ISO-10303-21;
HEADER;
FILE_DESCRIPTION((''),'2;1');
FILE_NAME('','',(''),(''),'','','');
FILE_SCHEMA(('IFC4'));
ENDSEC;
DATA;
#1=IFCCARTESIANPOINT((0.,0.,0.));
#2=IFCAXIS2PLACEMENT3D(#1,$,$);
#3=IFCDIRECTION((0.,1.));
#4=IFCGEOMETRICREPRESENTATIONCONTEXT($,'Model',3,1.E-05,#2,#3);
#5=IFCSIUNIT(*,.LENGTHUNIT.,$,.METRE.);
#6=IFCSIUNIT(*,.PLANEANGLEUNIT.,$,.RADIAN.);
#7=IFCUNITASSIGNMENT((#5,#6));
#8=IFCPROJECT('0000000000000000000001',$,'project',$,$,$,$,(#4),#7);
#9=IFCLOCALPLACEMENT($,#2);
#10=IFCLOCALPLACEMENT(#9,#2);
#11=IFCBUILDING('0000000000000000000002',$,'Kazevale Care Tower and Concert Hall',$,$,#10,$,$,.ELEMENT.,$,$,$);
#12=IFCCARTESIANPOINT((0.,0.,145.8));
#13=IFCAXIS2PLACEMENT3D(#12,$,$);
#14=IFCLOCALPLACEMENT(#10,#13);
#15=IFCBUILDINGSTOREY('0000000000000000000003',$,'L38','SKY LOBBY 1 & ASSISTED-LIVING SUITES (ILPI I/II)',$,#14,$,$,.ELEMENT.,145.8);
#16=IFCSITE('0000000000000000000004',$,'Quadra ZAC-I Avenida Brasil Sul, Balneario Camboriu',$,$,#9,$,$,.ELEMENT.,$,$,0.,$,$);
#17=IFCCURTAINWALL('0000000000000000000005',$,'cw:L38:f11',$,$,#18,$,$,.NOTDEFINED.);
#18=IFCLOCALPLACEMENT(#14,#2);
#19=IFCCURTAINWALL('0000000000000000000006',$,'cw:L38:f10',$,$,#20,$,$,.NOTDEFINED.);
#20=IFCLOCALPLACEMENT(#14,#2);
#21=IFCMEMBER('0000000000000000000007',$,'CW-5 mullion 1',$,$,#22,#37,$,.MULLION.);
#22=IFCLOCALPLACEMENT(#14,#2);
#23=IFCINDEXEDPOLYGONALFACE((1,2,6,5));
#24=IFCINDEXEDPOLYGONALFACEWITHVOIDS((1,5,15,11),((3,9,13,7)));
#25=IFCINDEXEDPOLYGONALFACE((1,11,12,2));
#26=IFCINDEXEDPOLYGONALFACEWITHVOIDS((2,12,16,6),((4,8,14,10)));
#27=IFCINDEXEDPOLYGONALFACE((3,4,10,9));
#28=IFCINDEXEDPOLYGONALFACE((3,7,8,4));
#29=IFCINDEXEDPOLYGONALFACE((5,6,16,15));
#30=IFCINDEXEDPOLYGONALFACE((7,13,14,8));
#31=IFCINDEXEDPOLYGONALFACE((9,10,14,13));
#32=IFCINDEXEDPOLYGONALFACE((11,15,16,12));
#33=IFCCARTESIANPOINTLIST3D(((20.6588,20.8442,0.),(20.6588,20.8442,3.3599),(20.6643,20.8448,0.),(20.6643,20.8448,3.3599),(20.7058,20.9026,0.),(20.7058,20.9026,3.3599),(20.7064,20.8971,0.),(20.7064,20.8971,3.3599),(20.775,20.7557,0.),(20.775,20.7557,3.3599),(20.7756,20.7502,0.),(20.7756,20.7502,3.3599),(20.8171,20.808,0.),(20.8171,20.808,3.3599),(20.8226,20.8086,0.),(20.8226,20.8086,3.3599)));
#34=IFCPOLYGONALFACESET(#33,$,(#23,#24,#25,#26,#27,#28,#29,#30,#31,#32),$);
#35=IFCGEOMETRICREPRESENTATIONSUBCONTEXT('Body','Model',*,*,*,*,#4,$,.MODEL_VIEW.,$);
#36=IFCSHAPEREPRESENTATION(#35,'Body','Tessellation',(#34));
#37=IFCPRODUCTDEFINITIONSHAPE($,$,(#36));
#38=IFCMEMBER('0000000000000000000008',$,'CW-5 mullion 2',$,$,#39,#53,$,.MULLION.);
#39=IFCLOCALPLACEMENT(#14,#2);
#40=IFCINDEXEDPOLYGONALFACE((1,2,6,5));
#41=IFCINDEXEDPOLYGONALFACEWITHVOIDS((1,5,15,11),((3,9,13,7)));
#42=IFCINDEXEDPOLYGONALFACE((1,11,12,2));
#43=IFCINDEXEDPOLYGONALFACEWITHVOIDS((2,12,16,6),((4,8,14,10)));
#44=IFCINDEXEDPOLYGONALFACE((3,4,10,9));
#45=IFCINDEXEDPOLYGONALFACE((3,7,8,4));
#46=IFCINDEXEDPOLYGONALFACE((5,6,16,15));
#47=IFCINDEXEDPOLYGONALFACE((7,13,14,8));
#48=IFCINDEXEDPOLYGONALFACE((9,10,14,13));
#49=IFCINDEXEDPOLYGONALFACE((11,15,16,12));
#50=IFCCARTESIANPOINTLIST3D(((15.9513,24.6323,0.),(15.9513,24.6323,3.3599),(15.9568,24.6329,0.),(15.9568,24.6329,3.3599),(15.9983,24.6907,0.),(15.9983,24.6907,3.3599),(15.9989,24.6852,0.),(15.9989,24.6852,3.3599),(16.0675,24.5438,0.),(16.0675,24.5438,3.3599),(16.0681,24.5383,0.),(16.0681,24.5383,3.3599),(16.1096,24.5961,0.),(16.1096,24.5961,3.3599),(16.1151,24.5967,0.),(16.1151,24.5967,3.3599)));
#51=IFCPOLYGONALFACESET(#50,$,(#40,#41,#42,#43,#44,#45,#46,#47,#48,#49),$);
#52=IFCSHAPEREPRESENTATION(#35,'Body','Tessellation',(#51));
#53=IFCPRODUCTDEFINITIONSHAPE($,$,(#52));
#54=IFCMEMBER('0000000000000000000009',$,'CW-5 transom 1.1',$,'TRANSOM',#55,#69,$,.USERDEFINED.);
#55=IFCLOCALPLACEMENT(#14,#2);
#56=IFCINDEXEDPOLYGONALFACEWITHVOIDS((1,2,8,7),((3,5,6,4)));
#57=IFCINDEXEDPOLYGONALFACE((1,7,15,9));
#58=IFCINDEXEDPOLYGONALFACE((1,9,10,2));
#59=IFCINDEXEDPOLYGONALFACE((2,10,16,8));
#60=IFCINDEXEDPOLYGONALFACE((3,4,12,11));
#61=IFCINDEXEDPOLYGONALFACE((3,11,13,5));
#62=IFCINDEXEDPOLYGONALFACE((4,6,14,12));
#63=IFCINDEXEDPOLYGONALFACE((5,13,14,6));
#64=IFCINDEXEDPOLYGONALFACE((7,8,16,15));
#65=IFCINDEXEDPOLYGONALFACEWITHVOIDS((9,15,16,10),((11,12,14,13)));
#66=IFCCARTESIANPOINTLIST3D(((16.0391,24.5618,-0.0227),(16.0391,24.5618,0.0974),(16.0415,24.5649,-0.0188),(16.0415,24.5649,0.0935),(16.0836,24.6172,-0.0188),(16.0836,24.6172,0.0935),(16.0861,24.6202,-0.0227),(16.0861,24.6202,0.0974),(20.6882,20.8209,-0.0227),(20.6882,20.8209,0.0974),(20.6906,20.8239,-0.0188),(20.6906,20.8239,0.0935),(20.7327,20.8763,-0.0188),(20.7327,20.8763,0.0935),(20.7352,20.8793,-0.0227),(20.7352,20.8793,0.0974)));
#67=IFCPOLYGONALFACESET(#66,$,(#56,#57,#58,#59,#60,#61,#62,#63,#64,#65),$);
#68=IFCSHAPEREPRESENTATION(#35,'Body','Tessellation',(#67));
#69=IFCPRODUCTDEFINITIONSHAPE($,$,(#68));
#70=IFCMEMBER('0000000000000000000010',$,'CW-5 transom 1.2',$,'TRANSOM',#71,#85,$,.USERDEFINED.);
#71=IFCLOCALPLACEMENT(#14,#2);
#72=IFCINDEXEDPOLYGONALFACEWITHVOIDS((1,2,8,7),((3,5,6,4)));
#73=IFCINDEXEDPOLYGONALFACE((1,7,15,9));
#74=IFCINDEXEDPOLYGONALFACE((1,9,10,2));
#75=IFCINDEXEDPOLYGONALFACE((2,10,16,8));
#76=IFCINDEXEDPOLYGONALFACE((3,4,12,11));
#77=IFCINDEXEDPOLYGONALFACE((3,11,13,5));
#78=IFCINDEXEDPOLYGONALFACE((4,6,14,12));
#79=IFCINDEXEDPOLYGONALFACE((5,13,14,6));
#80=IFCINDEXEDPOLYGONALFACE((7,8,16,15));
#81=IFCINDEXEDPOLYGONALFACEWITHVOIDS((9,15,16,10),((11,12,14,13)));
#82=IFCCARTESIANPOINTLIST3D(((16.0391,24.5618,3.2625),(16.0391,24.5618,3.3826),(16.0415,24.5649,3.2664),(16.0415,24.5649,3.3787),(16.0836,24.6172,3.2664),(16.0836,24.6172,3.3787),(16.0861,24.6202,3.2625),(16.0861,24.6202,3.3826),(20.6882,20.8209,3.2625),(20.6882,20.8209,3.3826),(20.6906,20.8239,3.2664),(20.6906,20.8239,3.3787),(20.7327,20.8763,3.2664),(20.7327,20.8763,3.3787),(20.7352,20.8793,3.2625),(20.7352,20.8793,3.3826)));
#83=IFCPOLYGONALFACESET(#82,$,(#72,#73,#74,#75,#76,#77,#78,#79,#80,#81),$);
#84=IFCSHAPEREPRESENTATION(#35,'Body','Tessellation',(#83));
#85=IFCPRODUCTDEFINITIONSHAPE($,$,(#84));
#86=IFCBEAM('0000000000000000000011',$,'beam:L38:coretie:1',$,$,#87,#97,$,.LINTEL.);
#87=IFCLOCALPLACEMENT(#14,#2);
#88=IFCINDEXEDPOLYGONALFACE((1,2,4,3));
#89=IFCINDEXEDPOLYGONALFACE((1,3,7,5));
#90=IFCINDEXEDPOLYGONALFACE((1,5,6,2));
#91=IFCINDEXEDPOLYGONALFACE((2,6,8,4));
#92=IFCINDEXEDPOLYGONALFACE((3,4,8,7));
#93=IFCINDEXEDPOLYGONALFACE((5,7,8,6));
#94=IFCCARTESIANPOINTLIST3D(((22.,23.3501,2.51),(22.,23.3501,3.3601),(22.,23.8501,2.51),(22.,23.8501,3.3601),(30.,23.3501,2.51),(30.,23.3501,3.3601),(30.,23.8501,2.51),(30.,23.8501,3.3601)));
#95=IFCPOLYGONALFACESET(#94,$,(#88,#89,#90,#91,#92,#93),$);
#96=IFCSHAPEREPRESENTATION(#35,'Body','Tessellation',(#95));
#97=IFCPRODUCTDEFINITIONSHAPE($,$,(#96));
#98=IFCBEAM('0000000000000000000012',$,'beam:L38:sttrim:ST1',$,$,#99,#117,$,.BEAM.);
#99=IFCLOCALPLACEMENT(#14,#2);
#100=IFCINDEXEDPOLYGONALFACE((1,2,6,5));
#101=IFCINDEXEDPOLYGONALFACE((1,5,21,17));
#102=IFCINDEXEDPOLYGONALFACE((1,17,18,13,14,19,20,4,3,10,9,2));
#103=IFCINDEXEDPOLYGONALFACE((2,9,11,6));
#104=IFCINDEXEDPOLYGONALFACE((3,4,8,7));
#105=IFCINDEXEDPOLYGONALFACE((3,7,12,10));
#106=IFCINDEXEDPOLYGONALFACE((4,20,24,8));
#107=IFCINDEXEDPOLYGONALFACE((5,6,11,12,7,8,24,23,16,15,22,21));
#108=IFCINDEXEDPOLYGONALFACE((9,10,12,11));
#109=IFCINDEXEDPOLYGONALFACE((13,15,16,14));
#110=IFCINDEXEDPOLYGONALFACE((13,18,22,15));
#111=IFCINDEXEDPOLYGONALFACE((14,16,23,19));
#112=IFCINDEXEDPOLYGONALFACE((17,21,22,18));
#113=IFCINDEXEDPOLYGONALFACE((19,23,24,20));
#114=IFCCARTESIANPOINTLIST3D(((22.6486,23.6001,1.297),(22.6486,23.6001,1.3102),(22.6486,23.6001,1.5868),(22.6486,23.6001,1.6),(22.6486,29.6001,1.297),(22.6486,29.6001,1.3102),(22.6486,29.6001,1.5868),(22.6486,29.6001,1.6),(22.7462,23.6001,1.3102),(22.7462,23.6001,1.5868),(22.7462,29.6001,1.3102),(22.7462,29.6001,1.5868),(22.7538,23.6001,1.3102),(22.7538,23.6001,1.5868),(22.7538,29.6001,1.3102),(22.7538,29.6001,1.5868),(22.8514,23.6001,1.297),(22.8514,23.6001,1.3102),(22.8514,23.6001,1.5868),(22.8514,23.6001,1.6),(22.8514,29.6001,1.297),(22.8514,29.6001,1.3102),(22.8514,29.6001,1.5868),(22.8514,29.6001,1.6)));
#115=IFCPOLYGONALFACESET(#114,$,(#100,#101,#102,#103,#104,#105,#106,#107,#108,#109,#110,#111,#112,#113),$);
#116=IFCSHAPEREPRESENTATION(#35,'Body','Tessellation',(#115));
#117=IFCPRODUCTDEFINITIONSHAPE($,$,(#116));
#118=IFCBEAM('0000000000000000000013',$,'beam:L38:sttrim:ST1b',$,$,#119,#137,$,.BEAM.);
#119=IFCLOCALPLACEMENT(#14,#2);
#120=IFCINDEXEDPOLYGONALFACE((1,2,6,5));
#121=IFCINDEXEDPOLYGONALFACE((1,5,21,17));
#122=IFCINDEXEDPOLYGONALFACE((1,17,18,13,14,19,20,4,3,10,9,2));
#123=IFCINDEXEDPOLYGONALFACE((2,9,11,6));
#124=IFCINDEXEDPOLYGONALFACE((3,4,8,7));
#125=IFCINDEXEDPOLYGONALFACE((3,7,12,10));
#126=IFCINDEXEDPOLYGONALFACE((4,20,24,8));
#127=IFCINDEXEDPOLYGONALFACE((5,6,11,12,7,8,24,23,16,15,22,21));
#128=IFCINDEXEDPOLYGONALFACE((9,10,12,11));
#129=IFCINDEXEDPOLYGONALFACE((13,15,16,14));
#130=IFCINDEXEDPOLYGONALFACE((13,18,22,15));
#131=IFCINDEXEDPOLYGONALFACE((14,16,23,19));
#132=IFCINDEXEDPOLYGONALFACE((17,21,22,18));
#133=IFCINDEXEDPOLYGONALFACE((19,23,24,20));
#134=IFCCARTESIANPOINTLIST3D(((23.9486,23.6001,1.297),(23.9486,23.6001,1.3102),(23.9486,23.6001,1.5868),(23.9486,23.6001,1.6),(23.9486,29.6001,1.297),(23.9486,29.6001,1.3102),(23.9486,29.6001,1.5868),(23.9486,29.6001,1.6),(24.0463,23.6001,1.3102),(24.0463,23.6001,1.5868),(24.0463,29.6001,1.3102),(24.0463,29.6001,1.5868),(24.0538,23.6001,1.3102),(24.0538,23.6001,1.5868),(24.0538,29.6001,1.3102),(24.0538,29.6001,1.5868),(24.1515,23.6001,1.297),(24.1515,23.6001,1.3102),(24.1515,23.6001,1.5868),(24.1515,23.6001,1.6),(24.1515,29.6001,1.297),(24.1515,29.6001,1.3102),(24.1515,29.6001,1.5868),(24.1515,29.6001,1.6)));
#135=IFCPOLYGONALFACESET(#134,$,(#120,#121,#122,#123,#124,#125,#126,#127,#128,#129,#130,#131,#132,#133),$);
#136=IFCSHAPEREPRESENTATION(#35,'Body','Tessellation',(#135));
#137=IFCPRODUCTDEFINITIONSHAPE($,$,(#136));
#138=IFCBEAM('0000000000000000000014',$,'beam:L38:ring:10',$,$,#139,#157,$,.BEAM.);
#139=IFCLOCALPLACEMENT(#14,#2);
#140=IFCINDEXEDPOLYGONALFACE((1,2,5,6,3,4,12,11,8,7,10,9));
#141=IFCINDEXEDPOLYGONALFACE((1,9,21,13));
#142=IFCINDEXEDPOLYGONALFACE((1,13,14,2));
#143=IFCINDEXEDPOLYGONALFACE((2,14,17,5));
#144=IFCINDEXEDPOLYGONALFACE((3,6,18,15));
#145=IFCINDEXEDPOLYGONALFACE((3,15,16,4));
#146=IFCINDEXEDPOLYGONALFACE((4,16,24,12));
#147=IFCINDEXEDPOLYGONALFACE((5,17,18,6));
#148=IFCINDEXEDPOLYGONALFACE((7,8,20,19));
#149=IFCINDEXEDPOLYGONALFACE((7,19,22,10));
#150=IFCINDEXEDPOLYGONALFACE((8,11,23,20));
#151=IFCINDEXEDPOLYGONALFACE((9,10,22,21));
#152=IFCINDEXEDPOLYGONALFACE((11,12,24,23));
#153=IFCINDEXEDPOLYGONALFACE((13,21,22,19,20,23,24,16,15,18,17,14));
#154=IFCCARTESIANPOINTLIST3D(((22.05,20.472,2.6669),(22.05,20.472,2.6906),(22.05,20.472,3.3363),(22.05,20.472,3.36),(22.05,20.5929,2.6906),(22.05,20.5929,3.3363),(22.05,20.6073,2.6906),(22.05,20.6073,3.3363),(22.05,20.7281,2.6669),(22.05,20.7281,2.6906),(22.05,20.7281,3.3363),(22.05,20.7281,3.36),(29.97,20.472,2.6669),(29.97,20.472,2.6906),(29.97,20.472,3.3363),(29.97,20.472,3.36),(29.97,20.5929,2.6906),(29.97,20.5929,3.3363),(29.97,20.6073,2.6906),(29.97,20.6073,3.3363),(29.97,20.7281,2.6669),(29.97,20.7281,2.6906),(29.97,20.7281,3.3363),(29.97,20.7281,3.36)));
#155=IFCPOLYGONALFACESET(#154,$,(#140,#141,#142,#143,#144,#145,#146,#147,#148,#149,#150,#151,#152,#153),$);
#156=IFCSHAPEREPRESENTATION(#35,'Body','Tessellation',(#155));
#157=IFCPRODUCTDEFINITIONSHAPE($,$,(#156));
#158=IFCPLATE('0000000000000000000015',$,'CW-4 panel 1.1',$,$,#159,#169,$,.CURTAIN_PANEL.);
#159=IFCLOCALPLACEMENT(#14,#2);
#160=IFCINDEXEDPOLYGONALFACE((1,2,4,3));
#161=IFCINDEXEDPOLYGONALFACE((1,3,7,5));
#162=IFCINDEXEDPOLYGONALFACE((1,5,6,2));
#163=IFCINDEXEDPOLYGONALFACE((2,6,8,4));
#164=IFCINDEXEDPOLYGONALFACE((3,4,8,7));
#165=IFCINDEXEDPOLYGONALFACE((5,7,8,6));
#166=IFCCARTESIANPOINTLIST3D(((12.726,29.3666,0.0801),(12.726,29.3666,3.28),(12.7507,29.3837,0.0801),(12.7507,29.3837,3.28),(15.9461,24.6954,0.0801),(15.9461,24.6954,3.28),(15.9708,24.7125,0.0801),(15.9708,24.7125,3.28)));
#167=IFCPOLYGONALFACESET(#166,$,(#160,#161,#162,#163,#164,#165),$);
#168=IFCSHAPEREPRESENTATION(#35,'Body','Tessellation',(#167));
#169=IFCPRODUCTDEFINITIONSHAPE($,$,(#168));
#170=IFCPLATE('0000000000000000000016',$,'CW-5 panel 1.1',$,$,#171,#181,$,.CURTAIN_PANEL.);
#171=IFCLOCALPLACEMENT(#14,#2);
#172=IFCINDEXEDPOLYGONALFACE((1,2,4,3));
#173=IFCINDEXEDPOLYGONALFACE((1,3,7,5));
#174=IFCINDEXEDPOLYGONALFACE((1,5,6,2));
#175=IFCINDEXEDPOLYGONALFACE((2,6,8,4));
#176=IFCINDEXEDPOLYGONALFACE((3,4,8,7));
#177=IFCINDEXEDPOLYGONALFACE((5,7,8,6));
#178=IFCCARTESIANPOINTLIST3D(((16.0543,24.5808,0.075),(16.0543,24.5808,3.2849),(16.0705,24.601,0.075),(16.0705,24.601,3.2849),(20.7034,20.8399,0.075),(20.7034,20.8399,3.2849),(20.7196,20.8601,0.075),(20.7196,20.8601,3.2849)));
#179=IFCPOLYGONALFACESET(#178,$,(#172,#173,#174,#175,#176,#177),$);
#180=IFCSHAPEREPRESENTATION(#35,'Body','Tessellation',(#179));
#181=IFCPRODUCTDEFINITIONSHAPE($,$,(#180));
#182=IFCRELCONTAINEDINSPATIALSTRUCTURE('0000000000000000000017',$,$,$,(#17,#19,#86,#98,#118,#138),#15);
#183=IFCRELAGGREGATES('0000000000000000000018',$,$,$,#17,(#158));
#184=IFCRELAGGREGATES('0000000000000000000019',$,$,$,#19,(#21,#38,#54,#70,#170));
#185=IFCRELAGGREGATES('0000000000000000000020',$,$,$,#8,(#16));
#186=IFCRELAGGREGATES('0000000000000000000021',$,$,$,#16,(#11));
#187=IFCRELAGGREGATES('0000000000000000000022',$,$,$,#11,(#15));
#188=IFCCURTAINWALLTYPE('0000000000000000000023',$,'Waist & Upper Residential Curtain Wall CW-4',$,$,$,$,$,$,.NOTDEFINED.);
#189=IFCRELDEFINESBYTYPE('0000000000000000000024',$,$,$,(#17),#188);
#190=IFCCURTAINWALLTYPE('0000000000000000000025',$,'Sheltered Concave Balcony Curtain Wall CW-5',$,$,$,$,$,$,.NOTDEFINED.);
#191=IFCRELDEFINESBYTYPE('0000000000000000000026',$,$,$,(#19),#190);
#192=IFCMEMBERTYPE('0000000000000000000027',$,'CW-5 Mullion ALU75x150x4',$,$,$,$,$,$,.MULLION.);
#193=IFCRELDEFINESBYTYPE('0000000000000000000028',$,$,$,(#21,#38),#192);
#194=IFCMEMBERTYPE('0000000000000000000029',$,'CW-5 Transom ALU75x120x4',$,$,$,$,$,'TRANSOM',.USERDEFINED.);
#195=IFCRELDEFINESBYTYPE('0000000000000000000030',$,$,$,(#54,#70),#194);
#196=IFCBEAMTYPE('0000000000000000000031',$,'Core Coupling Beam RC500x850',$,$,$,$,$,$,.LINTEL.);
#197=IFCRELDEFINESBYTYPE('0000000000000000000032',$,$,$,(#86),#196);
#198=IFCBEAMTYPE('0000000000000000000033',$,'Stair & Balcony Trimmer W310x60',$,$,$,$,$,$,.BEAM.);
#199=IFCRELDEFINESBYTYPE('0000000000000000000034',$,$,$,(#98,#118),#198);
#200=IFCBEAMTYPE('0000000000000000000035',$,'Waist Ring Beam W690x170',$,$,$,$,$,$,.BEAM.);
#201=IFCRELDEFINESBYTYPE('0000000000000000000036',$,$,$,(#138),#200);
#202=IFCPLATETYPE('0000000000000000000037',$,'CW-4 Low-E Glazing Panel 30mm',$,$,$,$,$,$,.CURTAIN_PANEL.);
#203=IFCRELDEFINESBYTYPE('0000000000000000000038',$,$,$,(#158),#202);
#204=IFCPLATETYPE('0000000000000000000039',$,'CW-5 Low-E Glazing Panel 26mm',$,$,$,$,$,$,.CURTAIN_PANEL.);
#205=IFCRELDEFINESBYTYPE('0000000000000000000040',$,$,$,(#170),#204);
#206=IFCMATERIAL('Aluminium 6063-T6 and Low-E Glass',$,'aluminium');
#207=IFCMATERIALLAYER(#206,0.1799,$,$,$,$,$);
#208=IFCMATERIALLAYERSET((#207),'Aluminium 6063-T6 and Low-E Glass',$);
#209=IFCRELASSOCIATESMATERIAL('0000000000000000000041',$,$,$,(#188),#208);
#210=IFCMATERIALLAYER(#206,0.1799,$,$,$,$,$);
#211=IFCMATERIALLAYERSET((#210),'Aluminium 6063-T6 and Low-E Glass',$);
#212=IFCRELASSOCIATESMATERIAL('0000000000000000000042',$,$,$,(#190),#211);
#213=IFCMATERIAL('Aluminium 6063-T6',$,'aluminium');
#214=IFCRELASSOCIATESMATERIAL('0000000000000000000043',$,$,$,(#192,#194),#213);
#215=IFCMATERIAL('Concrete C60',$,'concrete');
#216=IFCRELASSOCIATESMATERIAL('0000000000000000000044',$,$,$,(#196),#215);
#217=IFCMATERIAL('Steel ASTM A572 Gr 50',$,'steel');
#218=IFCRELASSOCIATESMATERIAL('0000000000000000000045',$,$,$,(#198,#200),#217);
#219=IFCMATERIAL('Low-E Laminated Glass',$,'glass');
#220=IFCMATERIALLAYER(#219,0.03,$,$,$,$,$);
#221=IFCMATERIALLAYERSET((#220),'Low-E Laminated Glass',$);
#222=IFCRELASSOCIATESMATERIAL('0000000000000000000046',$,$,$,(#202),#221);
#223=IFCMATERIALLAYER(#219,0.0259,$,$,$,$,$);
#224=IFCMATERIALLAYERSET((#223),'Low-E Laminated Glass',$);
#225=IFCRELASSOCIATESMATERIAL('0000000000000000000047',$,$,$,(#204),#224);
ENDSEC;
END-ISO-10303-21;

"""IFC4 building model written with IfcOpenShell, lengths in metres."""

from ifc_helpers import new_model, si_unit, direction, frame, origin, origin_2d, place, context, subcontext, project, spatial, rectangle, hollow_rectangle, i_section, extrude, material, layer, layer_set, material_profile, profile_set, type_object, element, aggregate, save


model = new_model("IFC4")

# Units and contexts
model_context = context("Model", 3, precision=1e-05, world=origin(), true_north=direction((0.0, 1.0)))
body_context = subcontext(model_context, "Body", "Model", "MODEL_VIEW")
ifc_project = project(units=[si_unit("LENGTHUNIT", "METRE"), si_unit("PLANEANGLEUNIT", "RADIAN")], contexts=[model_context])

# Site, building, storey
site_placement = place(None, origin())
site = spatial("IfcSite", under=ifc_project, at=site_placement, Name="Quadra ZAC-I Avenida Brasil Sul, Balneario Camboriu", CompositionType="ELEMENT", RefElevation=0.0)
building_placement = place(site_placement, origin())
building = spatial("IfcBuilding", under=site, at=building_placement, Name="Kazevale Care Tower and Concert Hall", CompositionType="ELEMENT")
storey_placement = place(building_placement, frame((0.0, 0.0, 145.8)))
storey = spatial("IfcBuildingStorey", under=building, at=storey_placement, Name="L38", Description="SKY LOBBY 1 & ASSISTED-LIVING SUITES (ILPI I/II)", CompositionType="ELEMENT", Elevation=145.8)

# Shared definitions
ifc_material_1 = material(Name="Concrete C60", Category="concrete")

# Curtain wall
ifc_material_2 = material(Name="Aluminium 6063-T6 and Low-E Glass", Category="aluminium")
ifc_layer_1 = layer(ifc_material_2, 0.1799)
ifc_layer_set_1 = layer_set([ifc_layer_1], Name="Aluminium 6063-T6 and Low-E Glass")
curtain_wall_type_1 = type_object("IfcCurtainWallType", Name="Waist & Upper Residential Curtain Wall CW-4", PredefinedType="NOTDEFINED", material=ifc_layer_set_1)
curtain_wall_1_placement = place(storey_placement, origin())
curtain_wall_1 = element("IfcCurtainWall", 1, at=curtain_wall_1_placement, inside=storey, type_object=curtain_wall_type_1, Name="cw:L38:f11", PredefinedType="NOTDEFINED")
ifc_material_3 = material(Name="Aluminium 6063-T6", Category="aluminium")

# Curtain wall, members
ifc_layer_2 = layer(ifc_material_2, 0.1799)
ifc_layer_set_2 = layer_set([ifc_layer_2], Name="Aluminium 6063-T6 and Low-E Glass")
curtain_wall_type_2 = type_object("IfcCurtainWallType", Name="Sheltered Concave Balcony Curtain Wall CW-5", PredefinedType="NOTDEFINED", material=ifc_layer_set_2)
curtain_wall_2_placement = place(storey_placement, origin())
curtain_wall_2 = element("IfcCurtainWall", 2, at=curtain_wall_2_placement, inside=storey, type_object=curtain_wall_type_2, Name="cw:L38:f10", PredefinedType="NOTDEFINED")
ifc_material_profile_1 = material_profile(ifc_material_3, hollow_rectangle(XDim=0.075, YDim=0.1499, WallThickness=0.0039, at=origin_2d()), Name="ALU75x150x4")
ifc_profile_set_1 = profile_set([ifc_material_profile_1], Name="Aluminium 6063-T6")
member_type_1 = type_object("IfcMemberType", Name="CW-5 Mullion ALU75x150x4", PredefinedType="MULLION", material=ifc_profile_set_1)
member_1_placement = place(storey_placement, frame((20.7407, 20.8264, 0.0), z_axis=(0.0, 0.0, 1.0), x_axis=(-0.626905, -0.779095, 0.0)))
member_1 = element("IfcMember", 3, at=member_1_placement, type_object=member_type_1, Name="CW-5 mullion 1", PredefinedType="MULLION", context=body_context, shape_type="SweptSolid", body=[
    extrude(hollow_rectangle(XDim=0.075, YDim=0.1499, WallThickness=0.0039, at=origin_2d()), origin(), (0.0, 0.0, 1.0), 3.3599),
])
member_2_placement = place(storey_placement, frame((16.0332, 24.6145, 0.0), z_axis=(0.0, 0.0, 1.0), x_axis=(-0.626905, -0.779095, 0.0)))
member_2 = element("IfcMember", 4, at=member_2_placement, type_object=member_type_1, Name="CW-5 mullion 2", PredefinedType="MULLION", context=body_context, shape_type="SweptSolid", body=[
    extrude(hollow_rectangle(XDim=0.075, YDim=0.1499, WallThickness=0.0039, at=origin_2d()), origin(), (0.0, 0.0, 1.0), 3.3599),
])
ifc_material_profile_2 = material_profile(ifc_material_3, hollow_rectangle(XDim=0.075, YDim=0.1201, WallThickness=0.0039, at=origin_2d()), Name="ALU75x120x4")
ifc_profile_set_2 = profile_set([ifc_material_profile_2], Name="Aluminium 6063-T6")
member_type_2 = type_object("IfcMemberType", Name="CW-5 Transom ALU75x120x4", ElementType="TRANSOM", PredefinedType="USERDEFINED", material=ifc_profile_set_2)
member_3_placement = place(storey_placement, frame((20.7117, 20.8501, 0.0374), z_axis=(-0.779097, 0.626903, 0.0), x_axis=(-0.626903, -0.779097, 0.0)))
member_3 = element("IfcMember", 5, at=member_3_placement, type_object=member_type_2, Name="CW-5 transom 1.1", ObjectType="TRANSOM", PredefinedType="USERDEFINED", context=body_context, shape_type="SweptSolid", body=[
    extrude(hollow_rectangle(XDim=0.075, YDim=0.1201, WallThickness=0.0039, at=origin_2d()), origin(), (0.0, 0.0, 1.0), 5.9673),
])
member_4_placement = place(storey_placement, frame((20.7117, 20.8501, 3.3225), z_axis=(-0.779097, 0.626903, 0.0), x_axis=(-0.626903, -0.779097, 0.0)))
member_4 = element("IfcMember", 6, at=member_4_placement, type_object=member_type_2, Name="CW-5 transom 1.2", ObjectType="TRANSOM", PredefinedType="USERDEFINED", context=body_context, shape_type="SweptSolid", body=[
    extrude(hollow_rectangle(XDim=0.075, YDim=0.1201, WallThickness=0.0039, at=origin_2d()), origin(), (0.0, 0.0, 1.0), 5.9673),
])

# Beams
ifc_material_profile_3 = material_profile(ifc_material_1, rectangle(XDim=0.5, YDim=0.8501, at=origin_2d()), Name="RC-B500x850")
ifc_profile_set_3 = profile_set([ifc_material_profile_3], Name="Concrete C60")
beam_type_1 = type_object("IfcBeamType", Name="Core Coupling Beam RC500x850", PredefinedType="LINTEL", material=ifc_profile_set_3)
beam_1_placement = place(storey_placement, frame((22.0, 23.6001, 2.9351), z_axis=(1.0, 0.0, 0.0), x_axis=(0.0, 1.0, 0.0)))
element("IfcBeam", 7, at=beam_1_placement, inside=storey, type_object=beam_type_1, Name="beam:L38:coretie:1", PredefinedType="LINTEL", context=body_context, shape_type="SweptSolid", body=[
    extrude(rectangle(XDim=0.5, YDim=0.8501, at=origin_2d()), origin(), (0.0, 0.0, 1.0), 8.0),
])
ifc_material_4 = material(Name="Steel ASTM A572 Gr 50", Category="steel")
ifc_material_profile_4 = material_profile(ifc_material_4, i_section(OverallWidth=0.2029, OverallDepth=0.303, WebThickness=0.0076, FlangeThickness=0.0132, at=origin_2d()), Name="W310x60")
ifc_profile_set_4 = profile_set([ifc_material_profile_4], Name="Steel ASTM A572 Gr 50")
beam_type_2 = type_object("IfcBeamType", Name="Stair & Balcony Trimmer W310x60", PredefinedType="BEAM", material=ifc_profile_set_4)
for number, where, z_axis, x_axis, name in (
    (8, (22.75, 23.6001, 1.4485), (0.0, 1.0, 0.0), (-1.0, 0.0, 0.0), "beam:L38:sttrim:ST1"),
    (9, (24.05, 23.6001, 1.4485), (0.0, 1.0, 0.0), (-1.0, 0.0, 0.0), "beam:L38:sttrim:ST1b"),
):
    element("IfcBeam", number, at=place(storey_placement, frame(where, z_axis=z_axis, x_axis=x_axis)), inside=storey, type_object=beam_type_2, Name=name, PredefinedType="BEAM", context=body_context, shape_type="SweptSolid", body=[
        extrude(i_section(OverallWidth=0.2029, OverallDepth=0.303, WebThickness=0.0076, FlangeThickness=0.0132, at=origin_2d()), origin(), (0.0, 0.0, 1.0), 6.0),
    ])
ifc_material_profile_5 = material_profile(ifc_material_4, i_section(OverallWidth=0.2561, OverallDepth=0.6931, WebThickness=0.0144, FlangeThickness=0.0237, at=origin_2d()), Name="W690x170")
ifc_profile_set_5 = profile_set([ifc_material_profile_5], Name="Steel ASTM A572 Gr 50")
beam_type_3 = type_object("IfcBeamType", Name="Waist Ring Beam W690x170", PredefinedType="BEAM", material=ifc_profile_set_5)
beam_2_placement = place(storey_placement, frame((22.05, 20.6001, 3.0134), z_axis=(1.0, 0.0, 0.0), x_axis=(0.0, 1.0, 0.0)))
element("IfcBeam", 10, at=beam_2_placement, inside=storey, type_object=beam_type_3, Name="beam:L38:ring:10", PredefinedType="BEAM", context=body_context, shape_type="SweptSolid", body=[
    extrude(i_section(OverallWidth=0.2561, OverallDepth=0.6931, WebThickness=0.0144, FlangeThickness=0.0237, at=origin_2d()), origin(), (0.0, 0.0, 1.0), 7.9199),
])

# Plates
ifc_material_5 = material(Name="Low-E Laminated Glass", Category="glass")
ifc_layer_3 = layer(ifc_material_5, 0.03)
ifc_layer_set_3 = layer_set([ifc_layer_3], Name="Low-E Laminated Glass")
plate_type_1 = type_object("IfcPlateType", Name="CW-4 Low-E Glazing Panel 30mm", PredefinedType="CURTAIN_PANEL", material=ifc_layer_set_3)
plate_1_placement = place(storey_placement, frame((14.3484, 27.0396, 0.0801), z_axis=(0.0, 0.0, 1.0), x_axis=(-0.567569, 0.823326, 0.0)))
plate_1 = element("IfcPlate", 11, at=plate_1_placement, type_object=plate_type_1, Name="CW-4 panel 1.1", PredefinedType="CURTAIN_PANEL", context=body_context, shape_type="SweptSolid", body=[
    extrude(rectangle(XDim=5.6736, YDim=0.03, at=origin_2d()), origin(), (0.0, 0.0, 1.0), 3.2),
])
aggregate(curtain_wall_1, [plate_1])
ifc_layer_4 = layer(ifc_material_5, 0.0259)
ifc_layer_set_4 = layer_set([ifc_layer_4], Name="Low-E Laminated Glass")
plate_type_2 = type_object("IfcPlateType", Name="CW-5 Low-E Glazing Panel 26mm", PredefinedType="CURTAIN_PANEL", material=ifc_layer_set_4)
plate_2_placement = place(storey_placement, frame((18.387, 22.7205, 0.075), z_axis=(0.0, 0.0, 1.0), x_axis=(-0.779095, 0.626905, 0.0)))
plate_2 = element("IfcPlate", 12, at=plate_2_placement, type_object=plate_type_2, Name="CW-5 panel 1.1", PredefinedType="CURTAIN_PANEL", context=body_context, shape_type="SweptSolid", body=[
    extrude(rectangle(XDim=5.9673, YDim=0.0259, at=origin_2d()), origin(), (0.0, 0.0, 1.0), 3.21),
])
aggregate(curtain_wall_2, [member_1, member_2, member_3, member_4, plate_2])

save(model, "model.ifc")
